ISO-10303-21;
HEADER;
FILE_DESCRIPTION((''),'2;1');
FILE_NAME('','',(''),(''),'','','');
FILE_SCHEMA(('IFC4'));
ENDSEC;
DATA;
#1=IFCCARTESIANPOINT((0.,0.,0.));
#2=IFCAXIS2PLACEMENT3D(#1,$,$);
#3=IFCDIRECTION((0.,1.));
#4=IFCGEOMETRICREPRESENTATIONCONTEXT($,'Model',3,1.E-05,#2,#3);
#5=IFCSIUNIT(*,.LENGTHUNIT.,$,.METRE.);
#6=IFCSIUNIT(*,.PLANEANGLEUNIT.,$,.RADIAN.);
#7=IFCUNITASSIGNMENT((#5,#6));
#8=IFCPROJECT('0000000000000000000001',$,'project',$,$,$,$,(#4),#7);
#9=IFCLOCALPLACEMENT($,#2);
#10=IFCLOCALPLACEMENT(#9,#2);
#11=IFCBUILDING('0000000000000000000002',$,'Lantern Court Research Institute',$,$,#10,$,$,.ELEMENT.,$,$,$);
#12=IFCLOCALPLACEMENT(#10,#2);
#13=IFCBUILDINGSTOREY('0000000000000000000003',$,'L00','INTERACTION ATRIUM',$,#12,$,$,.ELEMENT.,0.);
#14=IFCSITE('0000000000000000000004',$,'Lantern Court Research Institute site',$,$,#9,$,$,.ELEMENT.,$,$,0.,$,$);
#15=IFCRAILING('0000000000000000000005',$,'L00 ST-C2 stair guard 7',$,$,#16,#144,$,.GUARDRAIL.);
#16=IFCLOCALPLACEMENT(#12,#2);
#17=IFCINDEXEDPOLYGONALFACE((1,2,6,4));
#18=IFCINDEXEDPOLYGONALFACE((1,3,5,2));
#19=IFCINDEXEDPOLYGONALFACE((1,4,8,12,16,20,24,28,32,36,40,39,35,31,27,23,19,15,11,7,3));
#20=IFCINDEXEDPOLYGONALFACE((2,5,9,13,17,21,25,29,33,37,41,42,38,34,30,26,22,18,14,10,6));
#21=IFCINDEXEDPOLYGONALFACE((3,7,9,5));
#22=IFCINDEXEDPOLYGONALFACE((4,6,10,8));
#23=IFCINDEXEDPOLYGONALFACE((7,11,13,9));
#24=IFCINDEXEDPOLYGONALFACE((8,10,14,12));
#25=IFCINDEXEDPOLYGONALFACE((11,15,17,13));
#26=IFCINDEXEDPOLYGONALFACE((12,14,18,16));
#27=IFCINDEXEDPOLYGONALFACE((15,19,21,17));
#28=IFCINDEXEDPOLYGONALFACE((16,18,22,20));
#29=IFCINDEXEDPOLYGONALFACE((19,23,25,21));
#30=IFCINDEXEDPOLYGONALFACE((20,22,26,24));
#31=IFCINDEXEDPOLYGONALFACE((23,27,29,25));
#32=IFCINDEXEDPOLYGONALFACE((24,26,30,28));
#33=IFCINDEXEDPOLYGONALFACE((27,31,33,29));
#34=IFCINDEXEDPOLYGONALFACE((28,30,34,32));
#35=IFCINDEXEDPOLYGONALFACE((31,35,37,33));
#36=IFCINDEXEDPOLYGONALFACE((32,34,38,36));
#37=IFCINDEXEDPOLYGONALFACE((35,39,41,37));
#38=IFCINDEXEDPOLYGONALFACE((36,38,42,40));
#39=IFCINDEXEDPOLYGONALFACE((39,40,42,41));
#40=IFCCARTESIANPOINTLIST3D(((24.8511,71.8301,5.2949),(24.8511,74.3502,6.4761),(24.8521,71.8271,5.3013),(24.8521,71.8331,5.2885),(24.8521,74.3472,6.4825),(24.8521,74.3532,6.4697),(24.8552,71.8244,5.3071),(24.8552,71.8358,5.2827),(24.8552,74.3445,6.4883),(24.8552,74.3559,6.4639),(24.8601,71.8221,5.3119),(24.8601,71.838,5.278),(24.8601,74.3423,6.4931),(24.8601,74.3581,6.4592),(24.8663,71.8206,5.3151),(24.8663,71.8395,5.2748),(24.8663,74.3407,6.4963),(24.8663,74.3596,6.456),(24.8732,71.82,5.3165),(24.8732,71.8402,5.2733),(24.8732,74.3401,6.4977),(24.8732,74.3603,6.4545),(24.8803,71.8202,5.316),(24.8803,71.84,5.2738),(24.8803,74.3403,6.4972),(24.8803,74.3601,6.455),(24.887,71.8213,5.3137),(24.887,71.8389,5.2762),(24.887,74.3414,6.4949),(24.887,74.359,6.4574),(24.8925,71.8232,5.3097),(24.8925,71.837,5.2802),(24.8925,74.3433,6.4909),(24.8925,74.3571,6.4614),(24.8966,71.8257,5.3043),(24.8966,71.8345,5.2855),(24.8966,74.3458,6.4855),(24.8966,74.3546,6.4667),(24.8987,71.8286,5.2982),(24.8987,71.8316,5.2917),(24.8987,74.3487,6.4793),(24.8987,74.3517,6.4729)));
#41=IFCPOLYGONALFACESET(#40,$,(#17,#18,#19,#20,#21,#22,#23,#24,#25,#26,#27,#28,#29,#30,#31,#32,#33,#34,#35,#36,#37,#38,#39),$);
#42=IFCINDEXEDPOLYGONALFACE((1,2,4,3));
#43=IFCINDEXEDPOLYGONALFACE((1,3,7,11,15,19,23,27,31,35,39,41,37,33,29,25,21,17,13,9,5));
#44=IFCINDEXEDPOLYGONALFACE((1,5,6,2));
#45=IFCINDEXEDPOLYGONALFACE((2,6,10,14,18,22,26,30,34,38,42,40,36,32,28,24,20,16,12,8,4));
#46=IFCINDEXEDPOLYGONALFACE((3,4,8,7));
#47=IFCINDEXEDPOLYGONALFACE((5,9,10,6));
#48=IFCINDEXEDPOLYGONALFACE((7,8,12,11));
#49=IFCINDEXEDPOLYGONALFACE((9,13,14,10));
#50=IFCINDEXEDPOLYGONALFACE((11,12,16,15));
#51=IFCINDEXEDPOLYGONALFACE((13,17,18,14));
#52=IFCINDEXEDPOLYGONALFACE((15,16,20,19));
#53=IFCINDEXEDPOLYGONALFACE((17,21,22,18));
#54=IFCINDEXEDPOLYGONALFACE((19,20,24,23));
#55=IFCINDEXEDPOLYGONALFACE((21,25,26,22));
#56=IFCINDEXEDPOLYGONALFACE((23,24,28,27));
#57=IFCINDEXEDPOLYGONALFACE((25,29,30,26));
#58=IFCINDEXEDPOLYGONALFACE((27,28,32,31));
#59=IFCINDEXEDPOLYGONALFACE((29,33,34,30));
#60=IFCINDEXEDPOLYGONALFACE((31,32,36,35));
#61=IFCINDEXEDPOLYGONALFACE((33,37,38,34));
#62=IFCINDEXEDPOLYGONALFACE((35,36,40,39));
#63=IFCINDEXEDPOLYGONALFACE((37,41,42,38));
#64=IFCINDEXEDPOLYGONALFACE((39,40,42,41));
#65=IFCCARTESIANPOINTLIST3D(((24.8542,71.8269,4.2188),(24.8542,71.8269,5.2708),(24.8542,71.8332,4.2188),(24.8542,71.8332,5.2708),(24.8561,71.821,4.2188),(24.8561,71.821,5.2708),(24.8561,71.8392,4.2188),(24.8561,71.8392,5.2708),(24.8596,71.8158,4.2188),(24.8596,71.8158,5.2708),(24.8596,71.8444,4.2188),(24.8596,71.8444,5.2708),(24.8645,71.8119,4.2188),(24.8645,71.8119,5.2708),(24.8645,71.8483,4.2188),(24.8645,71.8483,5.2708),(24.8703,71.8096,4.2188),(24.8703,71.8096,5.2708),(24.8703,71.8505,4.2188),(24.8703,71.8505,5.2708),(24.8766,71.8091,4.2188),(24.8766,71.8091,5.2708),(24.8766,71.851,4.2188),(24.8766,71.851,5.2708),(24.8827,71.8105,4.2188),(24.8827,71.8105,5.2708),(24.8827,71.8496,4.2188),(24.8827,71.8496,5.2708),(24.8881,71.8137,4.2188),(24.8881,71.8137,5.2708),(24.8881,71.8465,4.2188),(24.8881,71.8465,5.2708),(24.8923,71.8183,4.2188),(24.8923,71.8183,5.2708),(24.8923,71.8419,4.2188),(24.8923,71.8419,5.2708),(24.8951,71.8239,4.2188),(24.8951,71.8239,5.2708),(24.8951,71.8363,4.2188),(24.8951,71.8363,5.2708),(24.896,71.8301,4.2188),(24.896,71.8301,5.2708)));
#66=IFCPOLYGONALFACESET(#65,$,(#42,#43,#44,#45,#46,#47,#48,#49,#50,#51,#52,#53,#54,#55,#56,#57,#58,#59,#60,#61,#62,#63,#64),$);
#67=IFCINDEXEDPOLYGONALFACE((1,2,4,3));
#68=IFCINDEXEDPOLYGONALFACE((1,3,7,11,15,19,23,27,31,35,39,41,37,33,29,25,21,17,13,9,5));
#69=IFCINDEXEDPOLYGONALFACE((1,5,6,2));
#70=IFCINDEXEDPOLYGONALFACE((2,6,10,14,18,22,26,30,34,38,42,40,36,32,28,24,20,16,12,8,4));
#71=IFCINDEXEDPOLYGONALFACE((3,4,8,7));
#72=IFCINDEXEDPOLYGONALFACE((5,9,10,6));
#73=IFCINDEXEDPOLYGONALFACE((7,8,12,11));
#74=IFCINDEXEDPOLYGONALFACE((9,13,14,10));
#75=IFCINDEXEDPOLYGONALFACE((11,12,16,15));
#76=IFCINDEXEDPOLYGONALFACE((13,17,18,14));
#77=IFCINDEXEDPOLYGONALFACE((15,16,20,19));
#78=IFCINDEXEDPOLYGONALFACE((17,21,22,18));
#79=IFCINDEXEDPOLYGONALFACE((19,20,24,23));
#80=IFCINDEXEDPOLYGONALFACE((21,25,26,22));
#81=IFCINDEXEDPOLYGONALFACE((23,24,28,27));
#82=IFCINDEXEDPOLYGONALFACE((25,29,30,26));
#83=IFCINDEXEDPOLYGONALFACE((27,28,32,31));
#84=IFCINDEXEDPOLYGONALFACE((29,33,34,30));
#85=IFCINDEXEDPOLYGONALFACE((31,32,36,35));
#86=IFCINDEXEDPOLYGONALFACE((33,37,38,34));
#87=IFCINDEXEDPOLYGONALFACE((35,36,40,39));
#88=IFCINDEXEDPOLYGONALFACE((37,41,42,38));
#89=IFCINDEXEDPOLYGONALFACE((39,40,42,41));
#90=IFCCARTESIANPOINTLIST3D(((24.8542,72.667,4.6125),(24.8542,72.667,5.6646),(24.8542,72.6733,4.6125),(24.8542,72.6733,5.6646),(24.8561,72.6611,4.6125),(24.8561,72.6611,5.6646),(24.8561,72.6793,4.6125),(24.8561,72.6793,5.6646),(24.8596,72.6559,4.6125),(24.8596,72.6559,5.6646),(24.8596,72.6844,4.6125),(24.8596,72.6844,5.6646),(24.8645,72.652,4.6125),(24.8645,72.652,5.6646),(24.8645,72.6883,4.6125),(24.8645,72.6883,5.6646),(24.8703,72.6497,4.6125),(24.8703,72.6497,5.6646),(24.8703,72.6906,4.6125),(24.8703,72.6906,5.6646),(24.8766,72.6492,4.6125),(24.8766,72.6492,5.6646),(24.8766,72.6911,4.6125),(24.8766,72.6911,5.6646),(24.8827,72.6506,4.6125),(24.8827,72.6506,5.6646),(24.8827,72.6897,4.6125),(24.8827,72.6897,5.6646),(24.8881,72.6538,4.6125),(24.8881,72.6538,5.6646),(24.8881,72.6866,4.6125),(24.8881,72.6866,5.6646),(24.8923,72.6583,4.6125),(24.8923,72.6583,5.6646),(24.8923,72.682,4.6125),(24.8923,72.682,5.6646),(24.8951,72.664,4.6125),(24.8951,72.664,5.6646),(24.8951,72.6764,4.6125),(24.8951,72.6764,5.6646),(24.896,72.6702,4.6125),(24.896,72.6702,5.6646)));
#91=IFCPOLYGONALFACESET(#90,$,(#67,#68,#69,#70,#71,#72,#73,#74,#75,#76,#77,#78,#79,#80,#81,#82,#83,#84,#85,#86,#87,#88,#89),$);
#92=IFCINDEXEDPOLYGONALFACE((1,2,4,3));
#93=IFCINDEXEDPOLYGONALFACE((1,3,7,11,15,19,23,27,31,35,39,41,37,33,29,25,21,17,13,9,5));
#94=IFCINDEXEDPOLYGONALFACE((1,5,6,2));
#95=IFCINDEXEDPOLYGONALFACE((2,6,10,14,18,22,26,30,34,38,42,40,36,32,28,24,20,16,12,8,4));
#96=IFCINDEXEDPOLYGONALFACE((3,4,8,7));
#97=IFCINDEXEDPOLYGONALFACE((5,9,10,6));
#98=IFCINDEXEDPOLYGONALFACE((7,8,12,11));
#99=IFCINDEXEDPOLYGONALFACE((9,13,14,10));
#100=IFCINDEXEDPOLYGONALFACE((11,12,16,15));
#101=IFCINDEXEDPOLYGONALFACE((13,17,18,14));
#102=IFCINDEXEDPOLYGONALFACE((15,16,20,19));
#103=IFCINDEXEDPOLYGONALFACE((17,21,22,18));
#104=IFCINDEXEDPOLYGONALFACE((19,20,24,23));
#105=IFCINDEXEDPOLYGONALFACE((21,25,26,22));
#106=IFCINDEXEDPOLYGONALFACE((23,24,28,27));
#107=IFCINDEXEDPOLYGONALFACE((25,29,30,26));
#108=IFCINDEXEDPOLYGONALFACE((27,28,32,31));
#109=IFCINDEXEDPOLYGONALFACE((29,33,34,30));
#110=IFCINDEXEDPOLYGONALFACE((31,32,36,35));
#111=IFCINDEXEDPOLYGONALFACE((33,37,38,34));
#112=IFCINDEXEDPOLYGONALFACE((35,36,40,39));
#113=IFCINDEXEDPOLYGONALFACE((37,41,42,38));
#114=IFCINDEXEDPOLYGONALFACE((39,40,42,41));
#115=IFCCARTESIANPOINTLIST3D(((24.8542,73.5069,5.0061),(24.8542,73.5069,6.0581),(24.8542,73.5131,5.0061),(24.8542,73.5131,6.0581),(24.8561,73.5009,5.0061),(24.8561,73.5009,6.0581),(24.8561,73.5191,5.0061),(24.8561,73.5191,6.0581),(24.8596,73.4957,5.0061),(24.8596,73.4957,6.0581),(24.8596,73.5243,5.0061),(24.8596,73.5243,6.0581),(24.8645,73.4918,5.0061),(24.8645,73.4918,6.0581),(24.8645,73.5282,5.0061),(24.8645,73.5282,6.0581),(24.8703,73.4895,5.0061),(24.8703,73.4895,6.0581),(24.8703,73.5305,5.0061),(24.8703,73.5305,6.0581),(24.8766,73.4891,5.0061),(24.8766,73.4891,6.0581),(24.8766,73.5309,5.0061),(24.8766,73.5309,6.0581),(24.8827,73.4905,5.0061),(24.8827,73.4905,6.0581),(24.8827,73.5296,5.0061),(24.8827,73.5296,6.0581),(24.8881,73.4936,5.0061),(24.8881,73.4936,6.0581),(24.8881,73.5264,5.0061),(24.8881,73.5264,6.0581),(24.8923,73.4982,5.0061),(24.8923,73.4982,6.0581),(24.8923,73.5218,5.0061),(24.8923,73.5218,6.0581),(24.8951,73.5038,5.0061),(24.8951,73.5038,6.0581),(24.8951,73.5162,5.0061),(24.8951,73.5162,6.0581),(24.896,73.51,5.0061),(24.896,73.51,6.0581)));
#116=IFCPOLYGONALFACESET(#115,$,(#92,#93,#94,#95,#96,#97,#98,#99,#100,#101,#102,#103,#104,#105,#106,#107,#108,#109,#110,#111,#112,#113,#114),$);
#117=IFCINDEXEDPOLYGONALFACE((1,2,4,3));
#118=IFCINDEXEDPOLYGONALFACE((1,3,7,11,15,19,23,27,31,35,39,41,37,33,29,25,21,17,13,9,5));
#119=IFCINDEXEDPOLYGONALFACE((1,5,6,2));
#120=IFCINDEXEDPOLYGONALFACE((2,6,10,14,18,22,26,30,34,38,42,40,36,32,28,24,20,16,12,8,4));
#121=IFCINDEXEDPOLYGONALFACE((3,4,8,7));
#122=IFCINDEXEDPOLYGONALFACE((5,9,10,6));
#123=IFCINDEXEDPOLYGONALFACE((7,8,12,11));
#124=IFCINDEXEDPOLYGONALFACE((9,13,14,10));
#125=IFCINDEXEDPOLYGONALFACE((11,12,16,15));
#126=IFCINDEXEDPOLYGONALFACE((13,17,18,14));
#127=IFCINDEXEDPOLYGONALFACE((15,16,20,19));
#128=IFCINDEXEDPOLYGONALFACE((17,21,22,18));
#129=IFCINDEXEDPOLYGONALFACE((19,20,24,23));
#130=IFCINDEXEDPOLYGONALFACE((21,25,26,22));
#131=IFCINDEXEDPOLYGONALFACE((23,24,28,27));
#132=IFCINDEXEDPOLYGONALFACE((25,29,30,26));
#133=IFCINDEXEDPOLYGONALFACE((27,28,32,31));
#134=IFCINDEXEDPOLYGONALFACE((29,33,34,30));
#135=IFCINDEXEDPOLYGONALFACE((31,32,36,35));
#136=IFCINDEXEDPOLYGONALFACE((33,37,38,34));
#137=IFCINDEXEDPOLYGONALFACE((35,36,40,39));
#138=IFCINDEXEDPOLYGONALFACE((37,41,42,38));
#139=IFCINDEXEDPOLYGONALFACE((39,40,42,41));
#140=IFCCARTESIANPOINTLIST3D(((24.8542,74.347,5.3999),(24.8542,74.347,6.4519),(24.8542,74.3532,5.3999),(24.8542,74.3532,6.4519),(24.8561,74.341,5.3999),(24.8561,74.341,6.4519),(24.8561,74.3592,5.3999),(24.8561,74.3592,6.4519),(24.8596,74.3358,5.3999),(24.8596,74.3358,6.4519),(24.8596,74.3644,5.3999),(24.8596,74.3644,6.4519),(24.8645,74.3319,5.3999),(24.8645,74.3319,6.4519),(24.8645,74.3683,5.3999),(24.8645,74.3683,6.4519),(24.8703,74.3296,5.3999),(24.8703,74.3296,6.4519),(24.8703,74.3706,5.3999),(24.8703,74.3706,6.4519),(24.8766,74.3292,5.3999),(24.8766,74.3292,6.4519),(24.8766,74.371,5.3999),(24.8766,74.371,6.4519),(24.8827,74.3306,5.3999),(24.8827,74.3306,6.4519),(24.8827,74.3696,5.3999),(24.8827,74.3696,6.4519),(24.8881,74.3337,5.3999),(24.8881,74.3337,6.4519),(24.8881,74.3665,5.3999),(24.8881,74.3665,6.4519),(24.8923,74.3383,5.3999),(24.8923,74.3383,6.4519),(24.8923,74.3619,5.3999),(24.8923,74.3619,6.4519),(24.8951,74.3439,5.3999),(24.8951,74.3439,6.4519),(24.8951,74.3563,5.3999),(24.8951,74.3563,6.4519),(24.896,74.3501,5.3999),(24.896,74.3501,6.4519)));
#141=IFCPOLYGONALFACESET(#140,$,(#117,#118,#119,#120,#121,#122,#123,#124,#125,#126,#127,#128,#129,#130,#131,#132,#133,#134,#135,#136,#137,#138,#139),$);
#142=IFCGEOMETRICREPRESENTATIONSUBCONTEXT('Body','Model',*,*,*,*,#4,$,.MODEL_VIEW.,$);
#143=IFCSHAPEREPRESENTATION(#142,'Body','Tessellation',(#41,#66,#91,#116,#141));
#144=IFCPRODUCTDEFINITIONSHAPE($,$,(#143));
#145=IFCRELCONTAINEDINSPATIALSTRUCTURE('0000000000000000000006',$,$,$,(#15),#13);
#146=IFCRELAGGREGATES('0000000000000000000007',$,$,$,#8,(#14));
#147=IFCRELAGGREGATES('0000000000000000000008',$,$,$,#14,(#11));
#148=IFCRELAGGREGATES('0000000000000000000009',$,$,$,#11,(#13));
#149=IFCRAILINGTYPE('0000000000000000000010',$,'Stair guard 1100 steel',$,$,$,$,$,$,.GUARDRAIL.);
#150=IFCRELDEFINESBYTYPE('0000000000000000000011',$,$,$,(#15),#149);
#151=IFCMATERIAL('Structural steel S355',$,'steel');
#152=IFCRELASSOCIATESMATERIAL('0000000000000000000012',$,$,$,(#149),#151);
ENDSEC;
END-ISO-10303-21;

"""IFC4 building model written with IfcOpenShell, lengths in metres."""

from ifc_helpers import new_model, si_unit, direction, frame, origin, origin_2d, place, context, subcontext, project, spatial, circle, extrude, material, type_object, element, save


model = new_model("IFC4")

# Units and contexts
model_context = context("Model", 3, precision=1e-05, world=origin(), true_north=direction((0.0, 1.0)))
body_context = subcontext(model_context, "Body", "Model", "MODEL_VIEW")
ifc_project = project(units=[si_unit("LENGTHUNIT", "METRE"), si_unit("PLANEANGLEUNIT", "RADIAN")], contexts=[model_context])

# Site, building, storey
site_placement = place(None, origin())
site = spatial("IfcSite", under=ifc_project, at=site_placement, Name="Lantern Court Research Institute site", CompositionType="ELEMENT", RefElevation=0.0)
building_placement = place(site_placement, origin())
building = spatial("IfcBuilding", under=site, at=building_placement, Name="Lantern Court Research Institute", CompositionType="ELEMENT")
storey_placement = place(building_placement, origin())
storey = spatial("IfcBuildingStorey", under=building, at=storey_placement, Name="L00", Description="INTERACTION ATRIUM", CompositionType="ELEMENT", Elevation=0.0)

# Railing
ifc_material_1 = material(Name="Structural steel S355", Category="steel")
railing_type_1 = type_object("IfcRailingType", Name="Stair guard 1100 steel", PredefinedType="GUARDRAIL", material=ifc_material_1)
railing_1_placement = place(storey_placement, frame((24.875, 71.8301, 4.2188)))
element("IfcRailing", 1, at=railing_1_placement, inside=storey, type_object=railing_type_1, Name="L00 ST-C2 stair guard 7", PredefinedType="GUARDRAIL", context=body_context, shape_type="SweptSolid", body=[
    extrude(circle(Radius=0.0239, at=origin_2d()), frame((0.0, 0.0, 1.0762), z_axis=(0.0, 0.905474, 0.424402), x_axis=(-1.0, 0.0, 0.0)), (0.0, 0.0, 1.0), 2.7832),
    extrude(circle(Radius=0.021, at=origin_2d()), origin(), (0.0, 0.0, 1.0), 1.052),
    extrude(circle(Radius=0.021, at=origin_2d()), frame((0.0, 0.8401, 0.3938)), (0.0, 0.0, 1.0), 1.052),
    extrude(circle(Radius=0.021, at=origin_2d()), frame((0.0, 1.6799, 0.7874)), (0.0, 0.0, 1.0), 1.052),
    extrude(circle(Radius=0.021, at=origin_2d()), frame((0.0, 2.52, 1.1812)), (0.0, 0.0, 1.0), 1.052),
])

save(model, "model.ifc")
